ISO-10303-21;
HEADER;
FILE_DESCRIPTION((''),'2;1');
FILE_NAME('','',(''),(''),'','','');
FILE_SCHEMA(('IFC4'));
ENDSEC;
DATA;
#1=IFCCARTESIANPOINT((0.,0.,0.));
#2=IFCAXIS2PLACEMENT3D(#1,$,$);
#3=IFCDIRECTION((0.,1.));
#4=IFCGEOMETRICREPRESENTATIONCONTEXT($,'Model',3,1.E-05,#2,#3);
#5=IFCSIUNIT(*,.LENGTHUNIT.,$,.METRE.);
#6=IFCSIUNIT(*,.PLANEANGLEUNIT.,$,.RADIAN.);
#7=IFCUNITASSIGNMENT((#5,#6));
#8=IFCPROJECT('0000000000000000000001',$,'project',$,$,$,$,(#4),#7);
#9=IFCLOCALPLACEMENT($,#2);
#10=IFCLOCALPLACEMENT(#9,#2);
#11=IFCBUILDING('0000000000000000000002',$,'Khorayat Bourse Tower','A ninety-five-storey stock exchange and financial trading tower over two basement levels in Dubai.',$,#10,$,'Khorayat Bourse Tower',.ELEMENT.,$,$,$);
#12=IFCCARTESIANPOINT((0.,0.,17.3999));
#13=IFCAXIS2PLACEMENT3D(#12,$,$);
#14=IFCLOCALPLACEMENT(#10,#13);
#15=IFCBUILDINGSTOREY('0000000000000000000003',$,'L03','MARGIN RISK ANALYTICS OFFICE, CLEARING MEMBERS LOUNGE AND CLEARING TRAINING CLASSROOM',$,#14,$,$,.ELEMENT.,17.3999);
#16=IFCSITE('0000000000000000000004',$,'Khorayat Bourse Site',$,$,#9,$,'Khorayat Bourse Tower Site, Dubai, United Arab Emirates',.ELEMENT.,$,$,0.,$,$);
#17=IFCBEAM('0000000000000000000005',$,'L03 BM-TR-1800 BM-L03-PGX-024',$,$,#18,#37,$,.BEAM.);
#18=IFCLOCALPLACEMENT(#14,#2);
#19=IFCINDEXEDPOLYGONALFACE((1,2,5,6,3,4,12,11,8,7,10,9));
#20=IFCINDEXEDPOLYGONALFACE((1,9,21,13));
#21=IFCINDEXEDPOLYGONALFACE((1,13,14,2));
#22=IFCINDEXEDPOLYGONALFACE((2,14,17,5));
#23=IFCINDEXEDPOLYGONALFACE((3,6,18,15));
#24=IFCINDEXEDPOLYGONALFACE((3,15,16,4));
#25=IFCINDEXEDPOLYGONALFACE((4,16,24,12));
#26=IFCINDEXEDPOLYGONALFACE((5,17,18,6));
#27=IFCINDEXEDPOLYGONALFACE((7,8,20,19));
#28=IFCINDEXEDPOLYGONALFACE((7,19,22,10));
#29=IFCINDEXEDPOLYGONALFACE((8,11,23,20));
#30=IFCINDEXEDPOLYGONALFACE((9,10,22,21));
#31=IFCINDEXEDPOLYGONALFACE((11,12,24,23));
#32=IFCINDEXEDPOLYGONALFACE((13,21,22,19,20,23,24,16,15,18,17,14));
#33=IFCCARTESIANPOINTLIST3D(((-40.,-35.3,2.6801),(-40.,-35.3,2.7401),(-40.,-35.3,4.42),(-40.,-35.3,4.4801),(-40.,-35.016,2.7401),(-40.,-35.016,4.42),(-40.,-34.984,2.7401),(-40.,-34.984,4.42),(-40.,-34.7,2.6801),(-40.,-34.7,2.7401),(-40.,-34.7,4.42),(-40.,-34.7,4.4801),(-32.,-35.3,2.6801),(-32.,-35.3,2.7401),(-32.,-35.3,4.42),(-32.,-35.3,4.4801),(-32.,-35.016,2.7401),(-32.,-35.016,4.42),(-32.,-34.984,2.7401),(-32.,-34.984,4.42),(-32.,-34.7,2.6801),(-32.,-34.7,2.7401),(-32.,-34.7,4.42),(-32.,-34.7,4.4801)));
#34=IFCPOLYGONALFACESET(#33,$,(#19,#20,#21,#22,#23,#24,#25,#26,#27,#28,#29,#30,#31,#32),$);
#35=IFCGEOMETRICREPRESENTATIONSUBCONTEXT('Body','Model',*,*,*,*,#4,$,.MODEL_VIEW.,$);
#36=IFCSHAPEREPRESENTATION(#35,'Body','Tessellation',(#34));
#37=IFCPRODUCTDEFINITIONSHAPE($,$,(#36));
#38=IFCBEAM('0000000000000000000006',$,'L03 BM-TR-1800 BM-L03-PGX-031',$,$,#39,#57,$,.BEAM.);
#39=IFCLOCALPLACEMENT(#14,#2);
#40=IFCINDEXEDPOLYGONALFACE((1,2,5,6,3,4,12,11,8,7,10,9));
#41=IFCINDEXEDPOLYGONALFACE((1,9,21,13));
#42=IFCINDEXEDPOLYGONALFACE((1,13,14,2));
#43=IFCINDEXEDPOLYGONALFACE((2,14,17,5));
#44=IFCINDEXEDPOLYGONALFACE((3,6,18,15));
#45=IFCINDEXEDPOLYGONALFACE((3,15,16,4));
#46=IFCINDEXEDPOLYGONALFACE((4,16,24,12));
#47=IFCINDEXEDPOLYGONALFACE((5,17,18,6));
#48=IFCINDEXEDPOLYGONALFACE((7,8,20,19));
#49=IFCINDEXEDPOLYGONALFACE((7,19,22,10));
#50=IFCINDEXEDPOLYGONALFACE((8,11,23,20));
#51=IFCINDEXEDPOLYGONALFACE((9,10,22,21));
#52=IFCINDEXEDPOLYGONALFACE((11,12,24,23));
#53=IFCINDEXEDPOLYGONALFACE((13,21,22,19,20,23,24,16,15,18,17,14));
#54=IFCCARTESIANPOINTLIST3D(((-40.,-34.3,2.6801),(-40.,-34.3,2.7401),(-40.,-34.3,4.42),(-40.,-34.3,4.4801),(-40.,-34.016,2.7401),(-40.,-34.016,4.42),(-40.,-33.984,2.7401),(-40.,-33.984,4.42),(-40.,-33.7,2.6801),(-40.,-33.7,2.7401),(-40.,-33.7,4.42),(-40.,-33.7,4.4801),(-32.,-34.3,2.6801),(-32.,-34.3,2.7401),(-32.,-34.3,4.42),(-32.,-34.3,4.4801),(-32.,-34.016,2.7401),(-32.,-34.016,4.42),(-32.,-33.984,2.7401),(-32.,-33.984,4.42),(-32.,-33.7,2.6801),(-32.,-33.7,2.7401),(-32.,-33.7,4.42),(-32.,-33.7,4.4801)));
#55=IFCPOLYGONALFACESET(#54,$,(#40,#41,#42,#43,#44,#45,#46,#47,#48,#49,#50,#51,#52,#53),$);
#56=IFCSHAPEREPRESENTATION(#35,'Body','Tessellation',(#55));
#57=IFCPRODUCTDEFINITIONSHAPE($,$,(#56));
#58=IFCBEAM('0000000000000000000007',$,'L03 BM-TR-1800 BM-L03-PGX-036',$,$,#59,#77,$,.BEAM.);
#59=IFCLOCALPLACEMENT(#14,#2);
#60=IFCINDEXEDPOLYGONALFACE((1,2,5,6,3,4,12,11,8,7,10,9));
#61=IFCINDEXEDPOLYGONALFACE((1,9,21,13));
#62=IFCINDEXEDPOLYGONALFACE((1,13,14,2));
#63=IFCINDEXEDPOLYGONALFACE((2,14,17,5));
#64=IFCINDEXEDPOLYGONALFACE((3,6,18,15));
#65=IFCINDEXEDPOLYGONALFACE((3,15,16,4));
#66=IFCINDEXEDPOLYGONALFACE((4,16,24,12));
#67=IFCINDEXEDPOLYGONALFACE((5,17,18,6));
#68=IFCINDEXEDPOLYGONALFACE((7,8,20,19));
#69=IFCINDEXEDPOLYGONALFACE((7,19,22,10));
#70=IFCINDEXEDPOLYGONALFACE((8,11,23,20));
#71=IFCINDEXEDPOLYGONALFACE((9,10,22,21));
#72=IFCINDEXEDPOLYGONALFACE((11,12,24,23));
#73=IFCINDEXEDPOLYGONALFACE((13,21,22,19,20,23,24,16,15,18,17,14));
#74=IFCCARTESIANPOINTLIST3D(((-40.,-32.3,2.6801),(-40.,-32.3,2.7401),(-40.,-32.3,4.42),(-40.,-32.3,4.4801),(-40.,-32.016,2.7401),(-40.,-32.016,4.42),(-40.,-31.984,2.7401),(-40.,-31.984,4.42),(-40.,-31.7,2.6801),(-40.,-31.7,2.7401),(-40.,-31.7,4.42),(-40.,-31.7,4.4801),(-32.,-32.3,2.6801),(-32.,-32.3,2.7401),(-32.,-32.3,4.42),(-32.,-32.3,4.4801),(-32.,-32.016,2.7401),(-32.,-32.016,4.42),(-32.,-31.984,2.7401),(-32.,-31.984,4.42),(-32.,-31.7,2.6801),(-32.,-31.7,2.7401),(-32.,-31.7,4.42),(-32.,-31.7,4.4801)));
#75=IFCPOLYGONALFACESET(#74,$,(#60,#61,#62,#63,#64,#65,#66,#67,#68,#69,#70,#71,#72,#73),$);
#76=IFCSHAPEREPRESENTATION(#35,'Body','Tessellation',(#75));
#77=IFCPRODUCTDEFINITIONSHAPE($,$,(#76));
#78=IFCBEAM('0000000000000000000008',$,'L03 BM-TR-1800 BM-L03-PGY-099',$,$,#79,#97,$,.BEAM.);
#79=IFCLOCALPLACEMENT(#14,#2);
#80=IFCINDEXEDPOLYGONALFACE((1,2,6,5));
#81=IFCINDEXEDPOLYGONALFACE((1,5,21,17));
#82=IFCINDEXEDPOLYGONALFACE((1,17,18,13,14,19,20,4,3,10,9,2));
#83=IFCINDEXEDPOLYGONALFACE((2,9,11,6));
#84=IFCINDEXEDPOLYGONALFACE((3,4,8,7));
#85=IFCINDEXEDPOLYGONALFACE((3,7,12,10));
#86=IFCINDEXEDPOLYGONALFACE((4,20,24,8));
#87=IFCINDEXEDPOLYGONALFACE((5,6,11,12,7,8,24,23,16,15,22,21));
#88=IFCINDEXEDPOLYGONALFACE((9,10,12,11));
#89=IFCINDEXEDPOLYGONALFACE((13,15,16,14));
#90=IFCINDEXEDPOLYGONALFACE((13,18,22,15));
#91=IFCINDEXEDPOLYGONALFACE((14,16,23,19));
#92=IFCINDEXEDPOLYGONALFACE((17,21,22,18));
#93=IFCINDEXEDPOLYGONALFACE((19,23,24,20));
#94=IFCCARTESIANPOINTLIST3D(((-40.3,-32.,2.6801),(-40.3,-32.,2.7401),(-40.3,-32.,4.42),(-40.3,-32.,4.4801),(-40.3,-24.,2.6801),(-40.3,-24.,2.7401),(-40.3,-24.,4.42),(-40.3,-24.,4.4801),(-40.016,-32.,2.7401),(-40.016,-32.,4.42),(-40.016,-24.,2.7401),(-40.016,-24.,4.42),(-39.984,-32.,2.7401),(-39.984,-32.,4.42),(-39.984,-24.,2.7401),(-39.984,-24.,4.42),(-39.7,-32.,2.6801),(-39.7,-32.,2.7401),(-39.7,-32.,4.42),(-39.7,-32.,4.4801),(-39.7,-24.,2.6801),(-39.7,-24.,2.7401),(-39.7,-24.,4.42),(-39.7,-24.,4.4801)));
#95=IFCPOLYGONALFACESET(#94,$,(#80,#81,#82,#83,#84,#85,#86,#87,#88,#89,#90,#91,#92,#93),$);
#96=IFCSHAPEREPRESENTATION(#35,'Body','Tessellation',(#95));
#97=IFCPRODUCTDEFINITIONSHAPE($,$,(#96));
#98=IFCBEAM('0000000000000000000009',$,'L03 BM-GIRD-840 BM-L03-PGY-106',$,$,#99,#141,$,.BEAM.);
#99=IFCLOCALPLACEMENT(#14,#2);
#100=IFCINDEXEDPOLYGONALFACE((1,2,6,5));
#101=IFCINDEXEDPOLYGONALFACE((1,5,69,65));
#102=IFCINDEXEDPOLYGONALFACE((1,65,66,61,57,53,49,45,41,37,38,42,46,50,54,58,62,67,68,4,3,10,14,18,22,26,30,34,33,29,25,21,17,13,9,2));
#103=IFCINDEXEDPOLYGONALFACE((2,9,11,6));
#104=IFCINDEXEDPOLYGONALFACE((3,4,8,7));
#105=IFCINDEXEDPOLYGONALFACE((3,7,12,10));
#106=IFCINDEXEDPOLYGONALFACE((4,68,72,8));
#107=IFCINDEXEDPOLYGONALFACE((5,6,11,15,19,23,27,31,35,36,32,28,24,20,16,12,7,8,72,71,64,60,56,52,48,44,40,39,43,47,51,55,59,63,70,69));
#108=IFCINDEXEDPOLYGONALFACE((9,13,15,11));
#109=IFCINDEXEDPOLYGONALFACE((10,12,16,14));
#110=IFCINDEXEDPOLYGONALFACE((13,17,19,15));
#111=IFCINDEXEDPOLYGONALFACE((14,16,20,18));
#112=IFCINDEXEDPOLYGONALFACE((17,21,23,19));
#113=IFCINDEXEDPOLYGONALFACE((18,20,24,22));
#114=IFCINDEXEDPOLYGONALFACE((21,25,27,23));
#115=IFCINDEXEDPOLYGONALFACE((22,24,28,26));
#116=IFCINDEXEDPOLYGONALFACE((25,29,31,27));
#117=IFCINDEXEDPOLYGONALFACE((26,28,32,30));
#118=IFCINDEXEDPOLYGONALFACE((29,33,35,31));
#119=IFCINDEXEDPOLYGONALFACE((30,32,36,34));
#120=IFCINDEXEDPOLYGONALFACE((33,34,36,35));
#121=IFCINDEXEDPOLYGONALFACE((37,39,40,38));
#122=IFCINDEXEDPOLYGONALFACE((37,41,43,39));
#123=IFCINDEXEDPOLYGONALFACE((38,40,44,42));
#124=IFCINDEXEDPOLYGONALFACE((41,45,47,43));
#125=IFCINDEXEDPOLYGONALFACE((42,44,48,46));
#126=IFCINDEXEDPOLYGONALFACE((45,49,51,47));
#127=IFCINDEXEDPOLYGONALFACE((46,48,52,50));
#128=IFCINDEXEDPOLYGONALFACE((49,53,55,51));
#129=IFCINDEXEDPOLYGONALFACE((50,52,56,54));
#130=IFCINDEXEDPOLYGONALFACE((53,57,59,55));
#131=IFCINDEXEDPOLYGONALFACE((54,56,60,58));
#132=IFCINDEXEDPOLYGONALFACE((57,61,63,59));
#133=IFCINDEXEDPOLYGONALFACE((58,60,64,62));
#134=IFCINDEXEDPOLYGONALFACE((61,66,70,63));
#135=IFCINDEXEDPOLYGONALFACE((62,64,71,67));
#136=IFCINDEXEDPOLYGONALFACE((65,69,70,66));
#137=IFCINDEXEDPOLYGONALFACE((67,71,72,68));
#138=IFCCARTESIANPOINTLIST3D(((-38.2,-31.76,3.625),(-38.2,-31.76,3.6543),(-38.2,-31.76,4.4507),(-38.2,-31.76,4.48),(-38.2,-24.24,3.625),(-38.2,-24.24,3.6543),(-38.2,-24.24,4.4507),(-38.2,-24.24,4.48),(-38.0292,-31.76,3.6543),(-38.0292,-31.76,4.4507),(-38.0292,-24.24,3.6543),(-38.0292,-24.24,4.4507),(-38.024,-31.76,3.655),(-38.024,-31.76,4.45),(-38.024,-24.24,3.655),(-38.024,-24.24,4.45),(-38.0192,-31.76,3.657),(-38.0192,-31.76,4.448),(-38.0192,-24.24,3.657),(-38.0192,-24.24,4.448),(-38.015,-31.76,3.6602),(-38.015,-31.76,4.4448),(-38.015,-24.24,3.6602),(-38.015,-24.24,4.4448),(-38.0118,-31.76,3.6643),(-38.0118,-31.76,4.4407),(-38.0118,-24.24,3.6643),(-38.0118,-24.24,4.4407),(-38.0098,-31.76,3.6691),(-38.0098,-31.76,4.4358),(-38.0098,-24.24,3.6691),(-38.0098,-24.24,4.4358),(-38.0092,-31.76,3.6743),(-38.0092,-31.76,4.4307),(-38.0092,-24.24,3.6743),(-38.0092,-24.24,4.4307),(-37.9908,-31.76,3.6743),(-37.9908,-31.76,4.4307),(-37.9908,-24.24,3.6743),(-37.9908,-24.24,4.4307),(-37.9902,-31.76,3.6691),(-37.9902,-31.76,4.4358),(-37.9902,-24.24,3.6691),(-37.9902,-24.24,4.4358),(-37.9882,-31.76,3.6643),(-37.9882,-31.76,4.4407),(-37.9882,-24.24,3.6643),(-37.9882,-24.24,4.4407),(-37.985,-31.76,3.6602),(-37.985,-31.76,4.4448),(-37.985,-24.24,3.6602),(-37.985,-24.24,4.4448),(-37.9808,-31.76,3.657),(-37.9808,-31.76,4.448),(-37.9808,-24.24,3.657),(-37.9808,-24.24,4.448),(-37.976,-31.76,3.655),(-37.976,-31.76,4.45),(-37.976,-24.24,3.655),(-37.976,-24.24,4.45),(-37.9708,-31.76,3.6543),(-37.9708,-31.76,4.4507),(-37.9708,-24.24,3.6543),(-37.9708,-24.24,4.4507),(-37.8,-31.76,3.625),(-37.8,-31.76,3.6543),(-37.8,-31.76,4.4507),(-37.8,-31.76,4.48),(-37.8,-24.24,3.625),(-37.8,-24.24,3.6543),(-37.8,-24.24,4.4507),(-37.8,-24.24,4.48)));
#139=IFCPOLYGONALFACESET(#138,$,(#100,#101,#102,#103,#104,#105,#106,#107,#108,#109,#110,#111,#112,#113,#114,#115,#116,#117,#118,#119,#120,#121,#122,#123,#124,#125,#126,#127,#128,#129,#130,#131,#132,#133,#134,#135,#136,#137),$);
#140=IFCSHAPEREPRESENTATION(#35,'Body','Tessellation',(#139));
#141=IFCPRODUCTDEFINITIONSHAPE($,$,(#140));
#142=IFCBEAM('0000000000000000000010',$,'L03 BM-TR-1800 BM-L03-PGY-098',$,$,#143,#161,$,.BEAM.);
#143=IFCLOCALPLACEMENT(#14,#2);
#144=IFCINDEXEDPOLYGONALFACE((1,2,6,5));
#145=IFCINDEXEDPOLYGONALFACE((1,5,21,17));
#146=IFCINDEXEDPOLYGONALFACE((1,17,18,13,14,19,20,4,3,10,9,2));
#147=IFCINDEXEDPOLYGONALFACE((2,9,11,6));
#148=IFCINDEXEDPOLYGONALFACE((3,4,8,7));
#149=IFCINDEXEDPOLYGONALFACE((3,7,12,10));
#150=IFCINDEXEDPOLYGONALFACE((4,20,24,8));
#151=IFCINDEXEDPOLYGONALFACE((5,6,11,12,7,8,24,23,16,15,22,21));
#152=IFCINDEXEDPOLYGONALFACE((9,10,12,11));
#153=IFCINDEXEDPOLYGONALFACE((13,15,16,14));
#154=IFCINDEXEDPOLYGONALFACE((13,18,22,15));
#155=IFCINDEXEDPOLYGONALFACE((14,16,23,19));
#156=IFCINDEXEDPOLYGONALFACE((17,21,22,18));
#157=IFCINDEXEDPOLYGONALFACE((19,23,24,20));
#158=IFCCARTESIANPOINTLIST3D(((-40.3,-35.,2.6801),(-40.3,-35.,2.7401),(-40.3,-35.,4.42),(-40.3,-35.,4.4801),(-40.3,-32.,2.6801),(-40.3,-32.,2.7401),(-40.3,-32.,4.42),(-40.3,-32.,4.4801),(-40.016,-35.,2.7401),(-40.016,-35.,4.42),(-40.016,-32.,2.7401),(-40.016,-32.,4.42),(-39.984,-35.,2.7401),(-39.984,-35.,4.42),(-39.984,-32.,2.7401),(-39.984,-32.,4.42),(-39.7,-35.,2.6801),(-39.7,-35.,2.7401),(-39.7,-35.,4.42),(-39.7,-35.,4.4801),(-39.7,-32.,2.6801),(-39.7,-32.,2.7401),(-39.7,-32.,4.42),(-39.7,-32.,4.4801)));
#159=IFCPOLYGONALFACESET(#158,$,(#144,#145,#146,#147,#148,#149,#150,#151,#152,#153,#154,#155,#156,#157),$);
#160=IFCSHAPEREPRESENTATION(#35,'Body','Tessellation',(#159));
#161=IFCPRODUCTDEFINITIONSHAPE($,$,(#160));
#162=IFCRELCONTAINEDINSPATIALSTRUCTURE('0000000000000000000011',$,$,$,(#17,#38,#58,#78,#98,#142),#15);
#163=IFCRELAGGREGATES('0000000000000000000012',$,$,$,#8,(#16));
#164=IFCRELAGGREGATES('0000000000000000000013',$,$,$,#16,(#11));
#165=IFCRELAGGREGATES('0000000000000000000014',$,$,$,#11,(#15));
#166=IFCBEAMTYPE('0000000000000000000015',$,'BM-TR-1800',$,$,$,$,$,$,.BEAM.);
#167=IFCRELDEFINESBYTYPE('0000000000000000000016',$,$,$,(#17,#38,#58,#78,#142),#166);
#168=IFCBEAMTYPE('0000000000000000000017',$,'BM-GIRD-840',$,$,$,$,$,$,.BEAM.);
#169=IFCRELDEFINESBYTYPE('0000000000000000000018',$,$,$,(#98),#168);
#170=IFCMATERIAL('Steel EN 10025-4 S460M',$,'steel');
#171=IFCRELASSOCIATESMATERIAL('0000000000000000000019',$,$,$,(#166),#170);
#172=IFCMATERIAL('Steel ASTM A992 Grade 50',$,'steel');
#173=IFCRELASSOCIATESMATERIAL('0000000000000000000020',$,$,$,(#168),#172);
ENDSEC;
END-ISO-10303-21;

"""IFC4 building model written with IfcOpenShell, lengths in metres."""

from ifc_helpers import new_model, si_unit, direction, frame, origin, origin_2d, place, context, subcontext, project, spatial, i_section, extrude, source, transform, mapped, material, material_profile, profile_set, type_object, element, save


model = new_model("IFC4")

# Units and contexts
model_context = context("Model", 3, precision=1e-05, world=origin(), true_north=direction((0.0, 1.0)))
body_context = subcontext(model_context, "Body", "Model", "MODEL_VIEW")
ifc_project = project(units=[si_unit("LENGTHUNIT", "METRE"), si_unit("PLANEANGLEUNIT", "RADIAN")], contexts=[model_context])

# Site, building, storey
site_placement = place(None, origin())
site = spatial("IfcSite", under=ifc_project, at=site_placement, Name="Khorayat Bourse Site", LongName="Khorayat Bourse Tower Site, Dubai, United Arab Emirates", CompositionType="ELEMENT", RefElevation=0.0)
building_placement = place(site_placement, origin())
building = spatial("IfcBuilding", under=site, at=building_placement, Name="Khorayat Bourse Tower", Description="A ninety-five-storey stock exchange and financial trading tower over two basement levels in Dubai.", LongName="Khorayat Bourse Tower", CompositionType="ELEMENT")
storey_placement = place(building_placement, frame((0.0, 0.0, 17.3999)))
storey = spatial("IfcBuildingStorey", under=building, at=storey_placement, Name="L03", Description="MARGIN RISK ANALYTICS OFFICE, CLEARING MEMBERS LOUNGE AND CLEARING TRAINING CLASSROOM", CompositionType="ELEMENT", Elevation=17.3999)

# Beams
ifc_material_1 = material(Name="Steel EN 10025-4 S460M", Category="steel")
ifc_material_profile_1 = material_profile(ifc_material_1, i_section(OverallWidth=0.6001, OverallDepth=1.8, WebThickness=0.032, FlangeThickness=0.0601, at=origin_2d()), Name="PG 1800x600x32x60")
ifc_profile_set_1 = profile_set([ifc_material_profile_1], Name="Steel EN 10025-4 S460M")
beam_type_1 = type_object("IfcBeamType", Name="BM-TR-1800", PredefinedType="BEAM", material=ifc_profile_set_1)
shared_shape_1 = source(origin(), body_context, "Body", "SweptSolid", [
    extrude(i_section(OverallWidth=0.6001, OverallDepth=1.8, WebThickness=0.032, FlangeThickness=0.0601, at=origin_2d()), origin(), (0.0, 0.0, 1.0), 8.0),
])
for number, where, z_axis, x_axis, name in (
    (1, (-40.0, -35.0, 3.5801), (1.0, 0.0, 0.0), (0.0, 1.0, 0.0), "L03 BM-TR-1800 BM-L03-PGX-024"),
    (2, (-40.0, -34.0, 3.5801), (1.0, 0.0, 0.0), (0.0, 1.0, 0.0), "L03 BM-TR-1800 BM-L03-PGX-031"),
    (3, (-40.0, -32.0, 3.5801), (1.0, 0.0, 0.0), (0.0, 1.0, 0.0), "L03 BM-TR-1800 BM-L03-PGX-036"),
    (4, (-40.0, -32.0, 3.5801), (0.0, 1.0, 0.0), (-1.0, 0.0, 0.0), "L03 BM-TR-1800 BM-L03-PGY-099"),
):
    element("IfcBeam", number, at=place(storey_placement, frame(where, z_axis=z_axis, x_axis=x_axis)), inside=storey, type_object=beam_type_1, Name=name, PredefinedType="BEAM", context=body_context, shape_type="MappedRepresentation", body=[
        mapped(shared_shape_1, transform((0.0, 0.0, 0.0), scale=1.0)),
    ])
ifc_material_2 = material(Name="Steel ASTM A992 Grade 50", Category="steel")
ifc_material_profile_2 = material_profile(ifc_material_2, i_section(OverallWidth=0.3999, OverallDepth=0.855, WebThickness=0.0183, FlangeThickness=0.0293, FilletRadius=0.02, at=origin_2d()), Name="W840X299")
ifc_profile_set_2 = profile_set([ifc_material_profile_2], Name="Steel ASTM A992 Grade 50")
beam_type_2 = type_object("IfcBeamType", Name="BM-GIRD-840", PredefinedType="BEAM", material=ifc_profile_set_2)
shared_shape_2 = source(origin(), body_context, "Body", "SweptSolid", [
    extrude(i_section(OverallWidth=0.3999, OverallDepth=0.855, WebThickness=0.0183, FlangeThickness=0.0293, FilletRadius=0.02, at=origin_2d()), origin(), (0.0, 0.0, 1.0), 7.52),
])
beam_1_placement = place(storey_placement, frame((-38.0, -31.76, 4.0525), z_axis=(0.0, 1.0, 0.0), x_axis=(-1.0, 0.0, 0.0)))
element("IfcBeam", 5, at=beam_1_placement, inside=storey, type_object=beam_type_2, Name="L03 BM-GIRD-840 BM-L03-PGY-106", PredefinedType="BEAM", context=body_context, shape_type="MappedRepresentation", body=[
    mapped(shared_shape_2, transform((0.0, 0.0, 0.0), scale=1.0)),
])
shared_shape_3 = source(origin(), body_context, "Body", "SweptSolid", [
    extrude(i_section(OverallWidth=0.6001, OverallDepth=1.8, WebThickness=0.032, FlangeThickness=0.0601, at=origin_2d()), origin(), (0.0, 0.0, 1.0), 3.0),
])
beam_2_placement = place(storey_placement, frame((-40.0, -35.0, 3.5801), z_axis=(0.0, 1.0, 0.0), x_axis=(-1.0, 0.0, 0.0)))
element("IfcBeam", 6, at=beam_2_placement, inside=storey, type_object=beam_type_1, Name="L03 BM-TR-1800 BM-L03-PGY-098", PredefinedType="BEAM", context=body_context, shape_type="MappedRepresentation", body=[
    mapped(shared_shape_3, transform((0.0, 0.0, 0.0), scale=1.0)),
])

save(model, "model.ifc")
